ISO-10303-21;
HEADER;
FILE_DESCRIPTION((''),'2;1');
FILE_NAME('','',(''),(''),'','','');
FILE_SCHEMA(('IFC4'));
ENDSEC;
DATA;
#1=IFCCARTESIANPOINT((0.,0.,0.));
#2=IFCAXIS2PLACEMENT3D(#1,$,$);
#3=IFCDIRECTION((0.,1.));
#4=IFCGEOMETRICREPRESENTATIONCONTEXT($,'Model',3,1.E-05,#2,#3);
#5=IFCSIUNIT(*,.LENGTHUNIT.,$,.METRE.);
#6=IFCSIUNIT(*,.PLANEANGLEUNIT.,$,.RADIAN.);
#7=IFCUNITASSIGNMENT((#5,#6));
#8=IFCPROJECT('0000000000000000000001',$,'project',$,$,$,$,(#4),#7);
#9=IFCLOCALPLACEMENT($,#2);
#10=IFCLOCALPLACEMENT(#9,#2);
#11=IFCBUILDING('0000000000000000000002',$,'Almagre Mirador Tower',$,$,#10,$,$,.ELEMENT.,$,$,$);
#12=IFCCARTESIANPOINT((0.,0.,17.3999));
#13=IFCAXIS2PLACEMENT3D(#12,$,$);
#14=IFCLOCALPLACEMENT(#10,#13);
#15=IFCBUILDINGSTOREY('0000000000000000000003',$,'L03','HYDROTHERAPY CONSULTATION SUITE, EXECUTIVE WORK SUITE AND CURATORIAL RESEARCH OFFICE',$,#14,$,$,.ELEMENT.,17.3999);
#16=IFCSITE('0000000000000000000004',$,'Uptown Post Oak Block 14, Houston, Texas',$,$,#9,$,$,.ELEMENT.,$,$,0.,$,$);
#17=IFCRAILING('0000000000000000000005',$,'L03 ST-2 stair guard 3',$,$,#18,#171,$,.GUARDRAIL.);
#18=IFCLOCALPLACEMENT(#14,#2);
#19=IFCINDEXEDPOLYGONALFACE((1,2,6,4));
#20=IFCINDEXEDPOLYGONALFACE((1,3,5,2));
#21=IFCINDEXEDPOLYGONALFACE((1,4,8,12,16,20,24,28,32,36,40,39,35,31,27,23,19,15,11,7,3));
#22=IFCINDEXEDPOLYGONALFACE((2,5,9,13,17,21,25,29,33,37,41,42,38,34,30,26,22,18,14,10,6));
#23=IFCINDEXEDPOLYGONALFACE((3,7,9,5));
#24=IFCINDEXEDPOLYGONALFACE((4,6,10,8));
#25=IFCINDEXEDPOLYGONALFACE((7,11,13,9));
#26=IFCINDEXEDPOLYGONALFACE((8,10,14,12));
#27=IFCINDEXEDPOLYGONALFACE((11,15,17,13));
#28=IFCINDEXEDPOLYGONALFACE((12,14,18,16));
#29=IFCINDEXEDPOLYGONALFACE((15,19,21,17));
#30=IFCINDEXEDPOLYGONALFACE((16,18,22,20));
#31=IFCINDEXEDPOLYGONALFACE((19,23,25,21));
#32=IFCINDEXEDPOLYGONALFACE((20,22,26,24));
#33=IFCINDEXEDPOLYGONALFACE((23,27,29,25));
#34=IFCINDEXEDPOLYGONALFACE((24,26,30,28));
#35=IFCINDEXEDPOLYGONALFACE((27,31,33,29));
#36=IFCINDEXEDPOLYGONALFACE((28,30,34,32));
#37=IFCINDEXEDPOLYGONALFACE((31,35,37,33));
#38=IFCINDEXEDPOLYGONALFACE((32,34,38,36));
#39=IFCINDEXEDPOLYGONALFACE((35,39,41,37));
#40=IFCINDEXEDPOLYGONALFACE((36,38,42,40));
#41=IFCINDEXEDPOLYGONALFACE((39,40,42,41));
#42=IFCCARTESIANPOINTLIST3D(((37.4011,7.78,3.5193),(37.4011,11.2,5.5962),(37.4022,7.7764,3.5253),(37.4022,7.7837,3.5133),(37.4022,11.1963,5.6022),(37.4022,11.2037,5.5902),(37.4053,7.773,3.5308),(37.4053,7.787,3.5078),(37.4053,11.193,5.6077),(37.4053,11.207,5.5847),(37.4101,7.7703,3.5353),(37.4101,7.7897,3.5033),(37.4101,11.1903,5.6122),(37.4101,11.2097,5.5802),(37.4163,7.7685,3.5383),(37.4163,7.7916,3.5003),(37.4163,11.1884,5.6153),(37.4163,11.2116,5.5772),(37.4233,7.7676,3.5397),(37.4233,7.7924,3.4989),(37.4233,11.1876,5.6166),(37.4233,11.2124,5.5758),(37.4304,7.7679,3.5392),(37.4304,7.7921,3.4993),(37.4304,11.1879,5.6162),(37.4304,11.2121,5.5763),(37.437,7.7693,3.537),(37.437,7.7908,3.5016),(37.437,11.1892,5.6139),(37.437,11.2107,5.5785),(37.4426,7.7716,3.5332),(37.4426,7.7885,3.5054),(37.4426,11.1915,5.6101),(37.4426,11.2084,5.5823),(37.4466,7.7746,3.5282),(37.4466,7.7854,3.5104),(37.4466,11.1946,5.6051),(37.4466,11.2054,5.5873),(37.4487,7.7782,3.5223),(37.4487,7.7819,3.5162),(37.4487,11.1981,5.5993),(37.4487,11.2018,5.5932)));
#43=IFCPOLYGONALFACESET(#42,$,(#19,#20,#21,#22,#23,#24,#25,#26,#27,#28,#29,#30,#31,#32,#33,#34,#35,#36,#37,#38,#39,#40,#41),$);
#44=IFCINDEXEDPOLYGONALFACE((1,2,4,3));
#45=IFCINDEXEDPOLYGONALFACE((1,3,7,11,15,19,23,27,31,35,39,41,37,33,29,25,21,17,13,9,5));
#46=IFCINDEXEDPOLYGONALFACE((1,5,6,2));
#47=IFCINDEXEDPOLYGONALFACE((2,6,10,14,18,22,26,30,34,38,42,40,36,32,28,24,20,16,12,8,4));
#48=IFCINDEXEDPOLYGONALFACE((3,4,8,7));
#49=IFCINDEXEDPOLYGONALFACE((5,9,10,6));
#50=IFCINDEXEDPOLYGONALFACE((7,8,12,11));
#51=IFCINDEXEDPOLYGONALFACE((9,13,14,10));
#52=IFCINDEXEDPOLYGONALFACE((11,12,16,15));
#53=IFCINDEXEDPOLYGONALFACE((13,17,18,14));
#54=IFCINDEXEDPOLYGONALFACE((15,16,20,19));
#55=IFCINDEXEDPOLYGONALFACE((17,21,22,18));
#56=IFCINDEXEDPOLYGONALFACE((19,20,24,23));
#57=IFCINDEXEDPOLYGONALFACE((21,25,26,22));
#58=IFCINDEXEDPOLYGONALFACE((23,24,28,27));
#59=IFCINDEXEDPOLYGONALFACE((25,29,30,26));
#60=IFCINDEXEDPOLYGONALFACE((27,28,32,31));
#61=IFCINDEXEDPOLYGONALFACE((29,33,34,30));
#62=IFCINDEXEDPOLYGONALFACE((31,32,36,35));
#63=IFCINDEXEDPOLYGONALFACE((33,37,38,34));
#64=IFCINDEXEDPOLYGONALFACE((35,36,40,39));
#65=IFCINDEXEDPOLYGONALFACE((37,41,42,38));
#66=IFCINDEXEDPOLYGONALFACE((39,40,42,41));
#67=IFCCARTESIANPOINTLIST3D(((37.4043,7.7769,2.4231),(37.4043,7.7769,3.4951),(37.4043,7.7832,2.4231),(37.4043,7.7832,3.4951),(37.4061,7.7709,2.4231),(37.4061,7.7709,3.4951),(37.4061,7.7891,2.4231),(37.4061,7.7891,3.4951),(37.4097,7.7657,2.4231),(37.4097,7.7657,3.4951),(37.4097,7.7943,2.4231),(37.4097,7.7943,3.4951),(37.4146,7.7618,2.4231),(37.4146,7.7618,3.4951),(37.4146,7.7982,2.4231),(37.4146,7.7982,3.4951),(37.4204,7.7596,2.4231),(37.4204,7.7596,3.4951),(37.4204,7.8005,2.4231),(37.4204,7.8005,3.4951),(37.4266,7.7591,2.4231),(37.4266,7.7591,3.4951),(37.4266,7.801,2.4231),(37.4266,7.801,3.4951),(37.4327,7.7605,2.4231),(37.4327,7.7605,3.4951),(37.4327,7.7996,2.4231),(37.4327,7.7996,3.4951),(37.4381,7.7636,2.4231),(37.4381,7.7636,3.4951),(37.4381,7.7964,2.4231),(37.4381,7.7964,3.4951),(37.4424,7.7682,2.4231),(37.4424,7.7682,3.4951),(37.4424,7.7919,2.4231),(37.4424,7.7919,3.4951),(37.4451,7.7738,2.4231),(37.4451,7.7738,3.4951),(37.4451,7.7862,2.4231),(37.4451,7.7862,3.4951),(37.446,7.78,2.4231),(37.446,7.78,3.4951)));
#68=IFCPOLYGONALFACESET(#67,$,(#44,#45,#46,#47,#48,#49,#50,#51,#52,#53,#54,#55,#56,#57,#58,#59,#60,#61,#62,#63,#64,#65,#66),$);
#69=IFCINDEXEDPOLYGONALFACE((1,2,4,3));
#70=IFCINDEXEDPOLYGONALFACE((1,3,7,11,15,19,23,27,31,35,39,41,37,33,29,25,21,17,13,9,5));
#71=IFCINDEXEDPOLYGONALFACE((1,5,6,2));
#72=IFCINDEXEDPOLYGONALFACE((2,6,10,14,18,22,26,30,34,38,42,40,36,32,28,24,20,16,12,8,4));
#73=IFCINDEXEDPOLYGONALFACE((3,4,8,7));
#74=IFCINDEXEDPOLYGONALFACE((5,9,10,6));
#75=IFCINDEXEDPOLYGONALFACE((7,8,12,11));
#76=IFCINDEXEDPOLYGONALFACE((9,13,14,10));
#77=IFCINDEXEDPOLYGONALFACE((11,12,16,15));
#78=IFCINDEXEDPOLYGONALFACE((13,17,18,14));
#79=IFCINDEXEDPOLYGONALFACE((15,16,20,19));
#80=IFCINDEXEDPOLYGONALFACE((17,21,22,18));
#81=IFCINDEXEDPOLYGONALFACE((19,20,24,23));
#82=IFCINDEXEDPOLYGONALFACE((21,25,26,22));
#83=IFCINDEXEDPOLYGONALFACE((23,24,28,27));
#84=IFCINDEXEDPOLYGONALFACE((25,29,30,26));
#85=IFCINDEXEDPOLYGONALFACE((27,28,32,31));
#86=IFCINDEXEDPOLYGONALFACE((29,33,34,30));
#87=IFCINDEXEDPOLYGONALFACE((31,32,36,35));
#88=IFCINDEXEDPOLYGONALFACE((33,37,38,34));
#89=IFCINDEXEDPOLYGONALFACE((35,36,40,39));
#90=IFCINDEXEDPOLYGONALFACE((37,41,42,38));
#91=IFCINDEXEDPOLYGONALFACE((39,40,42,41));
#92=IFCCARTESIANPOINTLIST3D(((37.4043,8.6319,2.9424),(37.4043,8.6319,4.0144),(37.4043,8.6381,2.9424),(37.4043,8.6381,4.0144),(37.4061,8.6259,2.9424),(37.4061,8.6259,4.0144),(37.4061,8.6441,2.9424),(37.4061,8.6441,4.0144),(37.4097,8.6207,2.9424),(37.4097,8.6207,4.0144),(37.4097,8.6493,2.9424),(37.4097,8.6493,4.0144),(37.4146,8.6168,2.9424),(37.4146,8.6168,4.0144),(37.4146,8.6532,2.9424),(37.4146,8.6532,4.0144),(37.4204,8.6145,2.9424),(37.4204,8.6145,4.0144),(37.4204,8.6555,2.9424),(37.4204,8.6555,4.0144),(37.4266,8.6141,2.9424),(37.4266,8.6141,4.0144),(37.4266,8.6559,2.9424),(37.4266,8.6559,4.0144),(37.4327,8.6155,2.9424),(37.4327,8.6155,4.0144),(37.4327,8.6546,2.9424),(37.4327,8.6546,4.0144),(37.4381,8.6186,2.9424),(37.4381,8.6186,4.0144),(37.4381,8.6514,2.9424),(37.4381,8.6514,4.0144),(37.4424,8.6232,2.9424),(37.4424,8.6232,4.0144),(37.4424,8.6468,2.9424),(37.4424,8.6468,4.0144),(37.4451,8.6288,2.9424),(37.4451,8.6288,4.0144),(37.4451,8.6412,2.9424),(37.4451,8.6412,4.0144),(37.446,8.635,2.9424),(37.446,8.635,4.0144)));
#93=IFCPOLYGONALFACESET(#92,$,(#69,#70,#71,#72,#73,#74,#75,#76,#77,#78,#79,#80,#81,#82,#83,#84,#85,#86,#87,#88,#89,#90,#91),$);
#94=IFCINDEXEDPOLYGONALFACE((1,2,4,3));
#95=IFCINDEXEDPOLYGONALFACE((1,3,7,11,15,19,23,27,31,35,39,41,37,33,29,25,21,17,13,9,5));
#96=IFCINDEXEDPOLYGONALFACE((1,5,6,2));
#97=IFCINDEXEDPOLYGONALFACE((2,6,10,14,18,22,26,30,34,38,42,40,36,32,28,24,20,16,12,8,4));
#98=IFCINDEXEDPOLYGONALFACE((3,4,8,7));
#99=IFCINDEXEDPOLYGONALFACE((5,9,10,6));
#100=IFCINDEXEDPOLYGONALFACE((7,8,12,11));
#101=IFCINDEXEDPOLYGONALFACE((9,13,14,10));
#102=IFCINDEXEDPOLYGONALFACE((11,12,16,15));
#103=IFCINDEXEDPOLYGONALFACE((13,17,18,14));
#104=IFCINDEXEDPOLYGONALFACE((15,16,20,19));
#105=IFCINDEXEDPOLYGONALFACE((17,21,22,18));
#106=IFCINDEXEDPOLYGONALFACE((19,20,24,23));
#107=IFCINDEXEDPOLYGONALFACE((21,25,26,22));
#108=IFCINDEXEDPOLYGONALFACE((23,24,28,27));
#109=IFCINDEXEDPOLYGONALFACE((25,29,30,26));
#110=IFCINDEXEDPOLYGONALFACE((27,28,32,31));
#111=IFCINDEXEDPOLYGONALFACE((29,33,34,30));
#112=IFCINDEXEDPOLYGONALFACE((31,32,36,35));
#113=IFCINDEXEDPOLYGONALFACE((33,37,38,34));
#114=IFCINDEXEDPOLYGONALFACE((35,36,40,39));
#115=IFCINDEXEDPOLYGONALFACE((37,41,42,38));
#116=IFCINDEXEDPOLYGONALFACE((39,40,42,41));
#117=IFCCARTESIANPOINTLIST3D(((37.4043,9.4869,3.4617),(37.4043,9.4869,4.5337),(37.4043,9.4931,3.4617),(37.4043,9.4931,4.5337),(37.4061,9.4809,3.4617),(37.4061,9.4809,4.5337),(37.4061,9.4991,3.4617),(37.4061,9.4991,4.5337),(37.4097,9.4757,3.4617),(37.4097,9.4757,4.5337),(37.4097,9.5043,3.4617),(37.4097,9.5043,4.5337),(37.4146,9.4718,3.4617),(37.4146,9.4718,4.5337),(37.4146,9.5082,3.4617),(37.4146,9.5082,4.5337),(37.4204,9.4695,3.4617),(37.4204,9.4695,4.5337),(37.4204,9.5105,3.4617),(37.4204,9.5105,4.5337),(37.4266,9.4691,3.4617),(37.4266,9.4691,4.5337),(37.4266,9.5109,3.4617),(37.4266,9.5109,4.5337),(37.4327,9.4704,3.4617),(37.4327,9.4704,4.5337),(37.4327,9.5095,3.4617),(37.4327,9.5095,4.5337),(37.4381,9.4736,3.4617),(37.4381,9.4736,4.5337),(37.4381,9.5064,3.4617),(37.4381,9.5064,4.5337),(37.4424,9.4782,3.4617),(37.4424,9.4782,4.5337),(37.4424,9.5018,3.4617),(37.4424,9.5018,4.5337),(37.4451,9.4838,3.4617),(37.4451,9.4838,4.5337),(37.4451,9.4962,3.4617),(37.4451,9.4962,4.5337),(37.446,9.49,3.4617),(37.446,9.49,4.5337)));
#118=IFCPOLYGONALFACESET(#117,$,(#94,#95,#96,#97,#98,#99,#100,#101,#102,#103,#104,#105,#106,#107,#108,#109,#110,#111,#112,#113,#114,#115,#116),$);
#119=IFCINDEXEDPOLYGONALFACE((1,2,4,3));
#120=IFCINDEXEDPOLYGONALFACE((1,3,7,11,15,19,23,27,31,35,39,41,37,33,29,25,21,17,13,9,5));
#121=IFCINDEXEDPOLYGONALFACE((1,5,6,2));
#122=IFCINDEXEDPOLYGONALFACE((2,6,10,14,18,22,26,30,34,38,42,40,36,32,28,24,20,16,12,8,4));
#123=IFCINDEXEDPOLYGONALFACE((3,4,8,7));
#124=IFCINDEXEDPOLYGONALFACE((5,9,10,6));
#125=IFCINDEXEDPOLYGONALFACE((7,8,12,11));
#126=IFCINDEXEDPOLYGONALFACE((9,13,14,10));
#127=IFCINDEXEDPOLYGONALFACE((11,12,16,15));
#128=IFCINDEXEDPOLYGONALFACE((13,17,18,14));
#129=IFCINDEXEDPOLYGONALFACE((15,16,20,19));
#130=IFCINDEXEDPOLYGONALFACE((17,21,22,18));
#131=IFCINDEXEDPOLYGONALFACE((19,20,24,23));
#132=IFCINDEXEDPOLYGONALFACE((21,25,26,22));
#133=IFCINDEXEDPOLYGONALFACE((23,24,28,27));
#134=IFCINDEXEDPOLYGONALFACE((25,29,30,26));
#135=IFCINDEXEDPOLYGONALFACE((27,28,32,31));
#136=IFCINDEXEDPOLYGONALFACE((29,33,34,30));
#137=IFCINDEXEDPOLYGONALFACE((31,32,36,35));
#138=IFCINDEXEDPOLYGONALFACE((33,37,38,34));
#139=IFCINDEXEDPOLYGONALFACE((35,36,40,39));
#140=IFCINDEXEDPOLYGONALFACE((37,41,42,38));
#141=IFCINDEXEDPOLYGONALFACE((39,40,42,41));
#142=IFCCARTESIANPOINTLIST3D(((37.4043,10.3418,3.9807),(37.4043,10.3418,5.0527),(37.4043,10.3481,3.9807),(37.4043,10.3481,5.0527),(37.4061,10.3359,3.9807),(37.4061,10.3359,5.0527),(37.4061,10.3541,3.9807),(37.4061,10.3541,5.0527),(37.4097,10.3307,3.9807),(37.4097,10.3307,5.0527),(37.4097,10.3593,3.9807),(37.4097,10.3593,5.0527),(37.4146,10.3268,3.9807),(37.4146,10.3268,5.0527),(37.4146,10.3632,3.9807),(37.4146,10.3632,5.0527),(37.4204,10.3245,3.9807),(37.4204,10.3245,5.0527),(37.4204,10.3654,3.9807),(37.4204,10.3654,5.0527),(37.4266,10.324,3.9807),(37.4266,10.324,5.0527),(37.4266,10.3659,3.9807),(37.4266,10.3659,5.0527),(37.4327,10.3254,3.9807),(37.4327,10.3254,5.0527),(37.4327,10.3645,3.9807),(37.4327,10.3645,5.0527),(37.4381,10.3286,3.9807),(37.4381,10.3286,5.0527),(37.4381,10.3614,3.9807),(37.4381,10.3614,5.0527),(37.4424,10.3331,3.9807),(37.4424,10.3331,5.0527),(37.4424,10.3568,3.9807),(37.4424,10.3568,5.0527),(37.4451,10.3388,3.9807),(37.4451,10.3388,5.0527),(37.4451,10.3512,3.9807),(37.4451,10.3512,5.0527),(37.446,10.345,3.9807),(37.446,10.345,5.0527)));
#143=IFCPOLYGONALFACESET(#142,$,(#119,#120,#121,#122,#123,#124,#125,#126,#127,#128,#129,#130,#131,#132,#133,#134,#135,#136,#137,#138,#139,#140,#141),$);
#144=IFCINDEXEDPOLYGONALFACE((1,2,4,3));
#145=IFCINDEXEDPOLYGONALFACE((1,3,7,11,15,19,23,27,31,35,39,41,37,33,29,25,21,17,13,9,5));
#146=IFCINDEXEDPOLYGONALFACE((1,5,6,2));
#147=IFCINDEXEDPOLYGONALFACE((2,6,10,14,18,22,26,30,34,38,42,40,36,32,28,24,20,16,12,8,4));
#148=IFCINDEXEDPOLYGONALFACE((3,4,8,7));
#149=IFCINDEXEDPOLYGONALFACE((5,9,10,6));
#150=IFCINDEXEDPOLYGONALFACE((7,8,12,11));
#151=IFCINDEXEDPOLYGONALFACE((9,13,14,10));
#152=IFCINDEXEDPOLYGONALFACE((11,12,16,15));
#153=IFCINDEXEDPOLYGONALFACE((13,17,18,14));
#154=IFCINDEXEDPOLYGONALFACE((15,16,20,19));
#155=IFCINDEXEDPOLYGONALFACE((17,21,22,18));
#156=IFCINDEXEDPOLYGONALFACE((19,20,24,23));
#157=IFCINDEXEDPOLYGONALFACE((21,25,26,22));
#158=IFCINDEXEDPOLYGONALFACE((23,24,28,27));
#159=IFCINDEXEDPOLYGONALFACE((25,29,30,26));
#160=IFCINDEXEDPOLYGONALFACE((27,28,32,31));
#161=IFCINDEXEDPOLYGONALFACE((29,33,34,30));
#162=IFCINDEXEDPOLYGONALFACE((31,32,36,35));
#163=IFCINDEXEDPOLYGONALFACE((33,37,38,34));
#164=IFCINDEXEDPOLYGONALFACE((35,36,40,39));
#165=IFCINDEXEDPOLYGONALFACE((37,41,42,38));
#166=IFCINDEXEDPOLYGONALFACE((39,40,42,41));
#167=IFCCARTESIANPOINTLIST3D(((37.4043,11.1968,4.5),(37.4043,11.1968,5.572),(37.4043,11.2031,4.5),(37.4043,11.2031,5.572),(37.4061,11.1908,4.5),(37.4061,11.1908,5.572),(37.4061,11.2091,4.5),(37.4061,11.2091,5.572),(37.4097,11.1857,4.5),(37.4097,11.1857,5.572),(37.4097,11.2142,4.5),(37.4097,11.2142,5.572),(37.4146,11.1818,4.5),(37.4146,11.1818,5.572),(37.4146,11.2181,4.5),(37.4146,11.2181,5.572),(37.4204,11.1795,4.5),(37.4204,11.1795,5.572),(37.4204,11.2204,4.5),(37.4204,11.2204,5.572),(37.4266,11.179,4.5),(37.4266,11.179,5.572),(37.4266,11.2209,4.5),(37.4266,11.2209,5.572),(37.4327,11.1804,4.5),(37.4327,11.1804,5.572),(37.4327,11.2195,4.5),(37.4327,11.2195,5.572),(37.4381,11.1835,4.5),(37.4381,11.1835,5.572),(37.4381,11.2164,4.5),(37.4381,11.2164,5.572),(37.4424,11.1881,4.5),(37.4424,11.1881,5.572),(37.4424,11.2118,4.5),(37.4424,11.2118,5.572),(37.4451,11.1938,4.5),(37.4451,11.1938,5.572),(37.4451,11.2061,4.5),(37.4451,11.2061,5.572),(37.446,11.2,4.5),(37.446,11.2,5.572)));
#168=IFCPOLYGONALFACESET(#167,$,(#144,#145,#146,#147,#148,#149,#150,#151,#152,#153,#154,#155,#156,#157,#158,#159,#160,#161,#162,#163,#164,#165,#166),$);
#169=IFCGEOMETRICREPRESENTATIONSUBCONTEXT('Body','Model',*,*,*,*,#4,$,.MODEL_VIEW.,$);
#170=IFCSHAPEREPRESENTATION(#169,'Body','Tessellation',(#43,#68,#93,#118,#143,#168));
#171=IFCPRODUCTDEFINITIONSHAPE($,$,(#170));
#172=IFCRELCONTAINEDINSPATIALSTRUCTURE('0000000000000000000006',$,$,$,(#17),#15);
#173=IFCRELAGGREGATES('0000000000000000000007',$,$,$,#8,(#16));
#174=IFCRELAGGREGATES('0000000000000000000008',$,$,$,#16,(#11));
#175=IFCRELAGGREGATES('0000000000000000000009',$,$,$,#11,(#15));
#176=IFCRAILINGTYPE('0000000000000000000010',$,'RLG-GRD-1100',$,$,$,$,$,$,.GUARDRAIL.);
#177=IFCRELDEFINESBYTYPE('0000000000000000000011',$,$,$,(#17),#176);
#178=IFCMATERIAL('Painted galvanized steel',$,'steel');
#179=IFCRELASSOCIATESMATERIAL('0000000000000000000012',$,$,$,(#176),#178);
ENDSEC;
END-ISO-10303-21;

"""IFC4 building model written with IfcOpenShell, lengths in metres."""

from ifc_helpers import new_model, si_unit, direction, frame, origin, origin_2d, place, context, subcontext, project, spatial, circle, extrude, material, type_object, element, save


model = new_model("IFC4")

# Units and contexts
model_context = context("Model", 3, precision=1e-05, world=origin(), true_north=direction((0.0, 1.0)))
body_context = subcontext(model_context, "Body", "Model", "MODEL_VIEW")
ifc_project = project(units=[si_unit("LENGTHUNIT", "METRE"), si_unit("PLANEANGLEUNIT", "RADIAN")], contexts=[model_context])

# Site, building, storey
site_placement = place(None, origin())
site = spatial("IfcSite", under=ifc_project, at=site_placement, Name="Uptown Post Oak Block 14, Houston, Texas", CompositionType="ELEMENT", RefElevation=0.0)
building_placement = place(site_placement, origin())
building = spatial("IfcBuilding", under=site, at=building_placement, Name="Almagre Mirador Tower", CompositionType="ELEMENT")
storey_placement = place(building_placement, frame((0.0, 0.0, 17.3999)))
storey = spatial("IfcBuildingStorey", under=building, at=storey_placement, Name="L03", Description="HYDROTHERAPY CONSULTATION SUITE, EXECUTIVE WORK SUITE AND CURATORIAL RESEARCH OFFICE", CompositionType="ELEMENT", Elevation=17.3999)

# Railing
ifc_material_1 = material(Name="Painted galvanized steel", Category="steel")
railing_type_1 = type_object("IfcRailingType", Name="RLG-GRD-1100", PredefinedType="GUARDRAIL", material=ifc_material_1)
railing_1_placement = place(storey_placement, frame((37.425, 7.78, 2.4231)))
element("IfcRailing", 1, at=railing_1_placement, inside=storey, type_object=railing_type_1, Name="L03 ST-2 stair guard 3", PredefinedType="GUARDRAIL", context=body_context, shape_type="SweptSolid", body=[
    extrude(circle(Radius=0.0239, at=origin_2d()), frame((0.0, 0.0, 1.0962), z_axis=(0.0, 0.85473, 0.519074), x_axis=(-1.0, 0.0, 0.0)), (0.0, 0.0, 1.0), 4.0012),
    extrude(circle(Radius=0.021, at=origin_2d()), origin(), (0.0, 0.0, 1.0), 1.072),
    extrude(circle(Radius=0.021, at=origin_2d()), frame((0.0, 0.855, 0.5193)), (0.0, 0.0, 1.0), 1.072),
    extrude(circle(Radius=0.021, at=origin_2d()), frame((0.0, 1.71, 1.0386)), (0.0, 0.0, 1.0), 1.072),
    extrude(circle(Radius=0.021, at=origin_2d()), frame((0.0, 2.5649, 1.5576)), (0.0, 0.0, 1.0), 1.072),
    extrude(circle(Radius=0.021, at=origin_2d()), frame((0.0, 3.4199, 2.0769)), (0.0, 0.0, 1.0), 1.072),
])

save(model, "model.ifc")
